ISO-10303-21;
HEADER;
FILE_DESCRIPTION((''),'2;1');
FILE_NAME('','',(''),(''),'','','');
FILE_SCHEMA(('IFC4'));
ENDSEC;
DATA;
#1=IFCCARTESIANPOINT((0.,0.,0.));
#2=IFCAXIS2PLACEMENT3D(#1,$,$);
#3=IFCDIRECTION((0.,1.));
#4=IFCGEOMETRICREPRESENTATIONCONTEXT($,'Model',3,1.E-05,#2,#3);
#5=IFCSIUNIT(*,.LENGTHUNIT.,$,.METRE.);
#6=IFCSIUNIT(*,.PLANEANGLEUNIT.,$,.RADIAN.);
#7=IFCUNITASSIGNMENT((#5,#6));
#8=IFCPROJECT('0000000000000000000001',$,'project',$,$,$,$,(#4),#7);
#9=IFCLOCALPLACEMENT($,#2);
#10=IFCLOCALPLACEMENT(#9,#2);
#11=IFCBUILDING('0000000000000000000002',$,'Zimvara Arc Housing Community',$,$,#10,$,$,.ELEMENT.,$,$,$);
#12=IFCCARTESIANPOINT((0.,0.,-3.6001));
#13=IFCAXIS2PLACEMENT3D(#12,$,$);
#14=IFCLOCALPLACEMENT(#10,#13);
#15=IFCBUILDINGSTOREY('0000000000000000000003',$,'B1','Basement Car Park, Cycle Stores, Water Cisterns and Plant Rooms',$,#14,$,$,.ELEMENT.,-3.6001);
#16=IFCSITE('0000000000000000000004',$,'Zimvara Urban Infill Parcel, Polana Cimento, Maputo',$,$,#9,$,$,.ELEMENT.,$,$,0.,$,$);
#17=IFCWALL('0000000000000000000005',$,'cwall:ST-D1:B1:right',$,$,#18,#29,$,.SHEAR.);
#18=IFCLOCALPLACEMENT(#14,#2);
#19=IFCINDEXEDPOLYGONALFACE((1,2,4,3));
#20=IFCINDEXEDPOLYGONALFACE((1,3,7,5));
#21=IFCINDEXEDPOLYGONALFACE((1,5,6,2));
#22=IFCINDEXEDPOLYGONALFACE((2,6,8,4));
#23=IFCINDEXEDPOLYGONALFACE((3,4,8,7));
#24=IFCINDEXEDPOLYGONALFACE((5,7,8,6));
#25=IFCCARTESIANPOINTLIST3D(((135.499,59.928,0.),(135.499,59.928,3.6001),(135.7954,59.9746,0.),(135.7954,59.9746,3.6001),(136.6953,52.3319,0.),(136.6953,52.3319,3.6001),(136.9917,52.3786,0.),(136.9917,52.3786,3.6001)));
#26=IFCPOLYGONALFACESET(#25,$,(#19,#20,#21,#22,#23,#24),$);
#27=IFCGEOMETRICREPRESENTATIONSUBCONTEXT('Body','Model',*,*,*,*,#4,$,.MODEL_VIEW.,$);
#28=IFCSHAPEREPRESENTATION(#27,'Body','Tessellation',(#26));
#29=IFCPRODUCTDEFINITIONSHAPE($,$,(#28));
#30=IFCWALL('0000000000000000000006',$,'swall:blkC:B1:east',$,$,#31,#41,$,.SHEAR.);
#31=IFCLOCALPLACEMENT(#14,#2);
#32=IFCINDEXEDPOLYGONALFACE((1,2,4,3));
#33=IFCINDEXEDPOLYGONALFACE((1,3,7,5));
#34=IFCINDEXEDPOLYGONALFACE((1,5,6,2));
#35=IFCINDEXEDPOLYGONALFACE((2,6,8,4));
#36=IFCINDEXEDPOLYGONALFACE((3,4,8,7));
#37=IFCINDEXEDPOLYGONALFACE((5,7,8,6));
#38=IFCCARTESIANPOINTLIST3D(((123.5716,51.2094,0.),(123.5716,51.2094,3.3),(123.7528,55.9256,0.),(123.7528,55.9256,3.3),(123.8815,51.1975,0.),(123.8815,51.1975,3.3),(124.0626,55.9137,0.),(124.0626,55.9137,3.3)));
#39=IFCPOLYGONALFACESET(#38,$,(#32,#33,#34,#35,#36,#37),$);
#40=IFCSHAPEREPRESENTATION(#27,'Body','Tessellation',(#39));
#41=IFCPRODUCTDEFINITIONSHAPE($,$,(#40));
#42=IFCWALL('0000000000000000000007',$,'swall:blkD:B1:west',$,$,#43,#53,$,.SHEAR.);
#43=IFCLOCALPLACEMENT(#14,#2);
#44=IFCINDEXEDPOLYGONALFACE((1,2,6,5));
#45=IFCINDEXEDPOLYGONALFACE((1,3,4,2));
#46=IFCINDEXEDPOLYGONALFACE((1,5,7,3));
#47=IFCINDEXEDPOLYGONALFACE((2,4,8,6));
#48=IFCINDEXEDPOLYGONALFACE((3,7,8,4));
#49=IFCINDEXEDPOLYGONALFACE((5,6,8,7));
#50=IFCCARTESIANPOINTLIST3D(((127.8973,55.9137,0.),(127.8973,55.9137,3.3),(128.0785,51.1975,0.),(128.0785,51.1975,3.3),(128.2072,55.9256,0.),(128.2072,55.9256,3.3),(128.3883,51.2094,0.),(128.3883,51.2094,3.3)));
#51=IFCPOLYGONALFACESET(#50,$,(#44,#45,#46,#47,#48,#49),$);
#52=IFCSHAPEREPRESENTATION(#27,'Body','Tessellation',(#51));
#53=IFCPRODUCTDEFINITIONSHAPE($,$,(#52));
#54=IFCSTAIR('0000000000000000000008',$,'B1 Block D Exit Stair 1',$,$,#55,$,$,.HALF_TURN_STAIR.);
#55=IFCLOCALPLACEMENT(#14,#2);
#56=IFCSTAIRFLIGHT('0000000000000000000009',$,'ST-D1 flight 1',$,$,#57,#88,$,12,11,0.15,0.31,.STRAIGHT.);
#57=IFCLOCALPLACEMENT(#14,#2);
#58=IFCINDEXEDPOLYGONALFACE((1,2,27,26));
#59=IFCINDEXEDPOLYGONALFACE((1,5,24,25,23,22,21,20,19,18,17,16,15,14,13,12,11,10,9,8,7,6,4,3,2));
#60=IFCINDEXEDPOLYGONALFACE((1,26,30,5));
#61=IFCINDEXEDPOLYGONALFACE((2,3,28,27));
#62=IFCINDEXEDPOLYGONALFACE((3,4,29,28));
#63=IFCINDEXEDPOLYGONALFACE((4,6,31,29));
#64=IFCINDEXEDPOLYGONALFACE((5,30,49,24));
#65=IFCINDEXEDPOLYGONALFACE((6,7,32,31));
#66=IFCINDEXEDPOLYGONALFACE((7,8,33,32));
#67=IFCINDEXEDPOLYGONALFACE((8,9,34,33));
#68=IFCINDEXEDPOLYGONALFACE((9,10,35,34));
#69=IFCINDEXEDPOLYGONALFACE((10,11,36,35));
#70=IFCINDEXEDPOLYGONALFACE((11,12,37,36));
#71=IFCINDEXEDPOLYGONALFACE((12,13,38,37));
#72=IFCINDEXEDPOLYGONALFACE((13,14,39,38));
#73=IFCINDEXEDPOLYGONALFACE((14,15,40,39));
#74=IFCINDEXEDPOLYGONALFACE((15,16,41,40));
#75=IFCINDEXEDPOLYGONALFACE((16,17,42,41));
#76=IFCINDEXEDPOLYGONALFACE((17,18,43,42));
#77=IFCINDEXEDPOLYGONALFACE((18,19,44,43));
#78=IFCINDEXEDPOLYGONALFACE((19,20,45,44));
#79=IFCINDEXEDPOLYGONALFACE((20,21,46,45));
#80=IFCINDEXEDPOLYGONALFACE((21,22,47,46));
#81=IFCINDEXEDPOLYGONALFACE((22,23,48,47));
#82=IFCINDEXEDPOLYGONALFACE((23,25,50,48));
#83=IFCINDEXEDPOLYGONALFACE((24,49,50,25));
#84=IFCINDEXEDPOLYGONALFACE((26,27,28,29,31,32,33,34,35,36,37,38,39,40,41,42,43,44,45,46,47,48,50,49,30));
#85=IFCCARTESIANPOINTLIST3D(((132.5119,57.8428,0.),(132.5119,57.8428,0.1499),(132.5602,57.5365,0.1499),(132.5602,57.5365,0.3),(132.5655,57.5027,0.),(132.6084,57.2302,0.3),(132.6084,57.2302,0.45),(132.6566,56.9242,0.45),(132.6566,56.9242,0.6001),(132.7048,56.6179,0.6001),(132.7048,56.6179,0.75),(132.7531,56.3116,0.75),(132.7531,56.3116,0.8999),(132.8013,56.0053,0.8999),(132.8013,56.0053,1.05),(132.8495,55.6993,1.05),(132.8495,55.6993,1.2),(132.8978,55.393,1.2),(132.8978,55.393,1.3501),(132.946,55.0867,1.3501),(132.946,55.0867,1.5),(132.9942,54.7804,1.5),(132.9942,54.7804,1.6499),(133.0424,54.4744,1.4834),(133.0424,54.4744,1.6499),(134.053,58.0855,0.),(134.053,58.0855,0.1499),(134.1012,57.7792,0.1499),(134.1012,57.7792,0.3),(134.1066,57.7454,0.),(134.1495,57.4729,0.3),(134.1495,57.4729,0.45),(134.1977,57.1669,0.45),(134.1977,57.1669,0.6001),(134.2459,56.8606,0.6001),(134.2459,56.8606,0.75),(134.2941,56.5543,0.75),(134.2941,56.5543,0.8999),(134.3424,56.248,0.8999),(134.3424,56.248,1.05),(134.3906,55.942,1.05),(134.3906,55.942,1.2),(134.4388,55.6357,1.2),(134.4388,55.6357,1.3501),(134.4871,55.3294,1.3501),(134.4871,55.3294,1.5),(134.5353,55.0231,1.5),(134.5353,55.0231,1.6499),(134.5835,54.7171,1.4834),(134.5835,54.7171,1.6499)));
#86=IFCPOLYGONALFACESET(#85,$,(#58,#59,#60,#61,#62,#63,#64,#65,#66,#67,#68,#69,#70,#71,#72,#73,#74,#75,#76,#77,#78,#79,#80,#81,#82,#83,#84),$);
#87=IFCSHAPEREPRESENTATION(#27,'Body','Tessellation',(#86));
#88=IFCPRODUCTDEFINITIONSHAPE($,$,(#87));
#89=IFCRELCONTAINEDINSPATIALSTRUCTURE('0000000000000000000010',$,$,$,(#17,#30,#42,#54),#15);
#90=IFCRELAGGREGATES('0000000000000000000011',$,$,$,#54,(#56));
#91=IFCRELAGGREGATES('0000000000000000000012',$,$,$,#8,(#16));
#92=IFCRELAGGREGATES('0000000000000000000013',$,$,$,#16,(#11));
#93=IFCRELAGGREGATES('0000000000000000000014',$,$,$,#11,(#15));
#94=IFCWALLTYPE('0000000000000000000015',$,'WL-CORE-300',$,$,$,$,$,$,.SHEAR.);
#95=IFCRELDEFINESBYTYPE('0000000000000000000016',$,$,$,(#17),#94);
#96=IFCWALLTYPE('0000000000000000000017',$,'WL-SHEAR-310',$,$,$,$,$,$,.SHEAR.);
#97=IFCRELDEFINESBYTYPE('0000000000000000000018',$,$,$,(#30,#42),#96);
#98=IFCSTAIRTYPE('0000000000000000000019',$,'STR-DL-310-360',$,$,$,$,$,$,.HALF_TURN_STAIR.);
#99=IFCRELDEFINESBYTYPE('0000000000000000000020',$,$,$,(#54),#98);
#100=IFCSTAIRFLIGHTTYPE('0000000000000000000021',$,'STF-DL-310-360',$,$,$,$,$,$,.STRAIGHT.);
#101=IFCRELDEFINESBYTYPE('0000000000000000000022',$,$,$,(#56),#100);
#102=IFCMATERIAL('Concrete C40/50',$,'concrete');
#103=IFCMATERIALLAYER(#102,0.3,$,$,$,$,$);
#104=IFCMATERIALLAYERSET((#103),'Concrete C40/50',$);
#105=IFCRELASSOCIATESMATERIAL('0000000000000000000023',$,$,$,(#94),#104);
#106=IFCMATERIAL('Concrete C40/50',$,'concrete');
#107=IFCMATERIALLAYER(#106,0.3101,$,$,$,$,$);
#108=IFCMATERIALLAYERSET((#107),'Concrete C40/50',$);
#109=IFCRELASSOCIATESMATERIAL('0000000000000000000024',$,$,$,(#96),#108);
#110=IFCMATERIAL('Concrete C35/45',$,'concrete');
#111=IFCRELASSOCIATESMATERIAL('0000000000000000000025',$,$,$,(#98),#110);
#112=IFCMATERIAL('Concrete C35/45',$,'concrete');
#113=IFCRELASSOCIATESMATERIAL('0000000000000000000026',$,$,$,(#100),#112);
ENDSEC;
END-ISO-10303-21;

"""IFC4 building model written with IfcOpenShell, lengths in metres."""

from ifc_helpers import new_model, si_unit, direction, frame, frame_2d, origin, place, context, subcontext, project, spatial, polyline, rectangle, outline, extrude, material, layer, layer_set, type_object, element, aggregate, save


model = new_model("IFC4")

# Units and contexts
model_context = context("Model", 3, precision=1e-05, world=origin(), true_north=direction((0.0, 1.0)))
body_context = subcontext(model_context, "Body", "Model", "MODEL_VIEW")
ifc_project = project(units=[si_unit("LENGTHUNIT", "METRE"), si_unit("PLANEANGLEUNIT", "RADIAN")], contexts=[model_context])

# Site, building, storey
site_placement = place(None, origin())
site = spatial("IfcSite", under=ifc_project, at=site_placement, Name="Zimvara Urban Infill Parcel, Polana Cimento, Maputo", CompositionType="ELEMENT", RefElevation=0.0)
building_placement = place(site_placement, origin())
building = spatial("IfcBuilding", under=site, at=building_placement, Name="Zimvara Arc Housing Community", CompositionType="ELEMENT")
storey_placement = place(building_placement, frame((0.0, 0.0, -3.6001)))
storey = spatial("IfcBuildingStorey", under=building, at=storey_placement, Name="B1", Description="Basement Car Park, Cycle Stores, Water Cisterns and Plant Rooms", CompositionType="ELEMENT", Elevation=-3.6001)

# Shared definitions
ifc_material_1 = material(Name="Concrete C40/50", Category="concrete")
ifc_layer_1 = layer(ifc_material_1, 0.3)
ifc_layer_set_1 = layer_set([ifc_layer_1], Name="Concrete C40/50")
wall_type_1 = type_object("IfcWallType", Name="WL-CORE-300", PredefinedType="SHEAR", material=ifc_layer_set_1)

# Walls
wall_1_placement = place(storey_placement, frame((135.6472, 59.9512, 0.0), z_axis=(0.0, 0.0, 1.0), x_axis=(0.155568, -0.987825, 0.0)))
element("IfcWall", 1, at=wall_1_placement, inside=storey, type_object=wall_type_1, Name="cwall:ST-D1:B1:right", PredefinedType="SHEAR", context=body_context, shape_type="SweptSolid", body=[
    extrude(rectangle(XDim=7.6897, YDim=0.3, at=frame_2d((3.8447, 0.0))), origin(), (0.0, 0.0, 1.0), 3.6001),
])
ifc_material_2 = material(Name="Concrete C40/50", Category="concrete")
ifc_layer_2 = layer(ifc_material_2, 0.3101)
ifc_layer_set_2 = layer_set([ifc_layer_2], Name="Concrete C40/50")
wall_type_2 = type_object("IfcWallType", Name="WL-SHEAR-310", PredefinedType="SHEAR", material=ifc_layer_set_2)
for number, where, z_axis, x_axis, name in (
    (2, (123.9077, 55.9197, 0.0), (0.0, 0.0, 1.0), (-0.038381, -0.999263, 0.0), "swall:blkC:B1:east"),
    (3, (128.0522, 55.9197, 0.0), (0.0, 0.0, 1.0), (0.038381, -0.999263, 0.0), "swall:blkD:B1:west"),
):
    element("IfcWall", number, at=place(storey_placement, frame(where, z_axis=z_axis, x_axis=x_axis)), inside=storey, type_object=wall_type_2, Name=name, PredefinedType="SHEAR", context=body_context, shape_type="SweptSolid", body=[
        extrude(rectangle(XDim=4.7197, YDim=0.3101, at=frame_2d((2.3599, 0.0))), origin(), (0.0, 0.0, 1.0), 3.3),
    ])

# Stair, stair flight
ifc_material_3 = material(Name="Concrete C35/45", Category="concrete")
stair_type = type_object("IfcStairType", Name="STR-DL-310-360", PredefinedType="HALF_TURN_STAIR", material=ifc_material_3)
stair_placement = place(storey_placement, origin())
stair = element("IfcStair", 4, at=stair_placement, inside=storey, type_object=stair_type, Name="B1 Block D Exit Stair 1", PredefinedType="HALF_TURN_STAIR")
ifc_material_4 = material(Name="Concrete C35/45", Category="concrete")
stair_flight_type = type_object("IfcStairFlightType", Name="STF-DL-310-360", PredefinedType="STRAIGHT", material=ifc_material_4)
stair_flight_placement = place(storey_placement, frame((133.2825, 57.9641, 0.0), z_axis=(0.0, 0.0, 1.0), x_axis=(0.155572, -0.987824, 0.0)))
stair_flight = element("IfcStairFlight", 5, at=stair_flight_placement, type_object=stair_flight_type, Name="ST-D1 flight 1", NumberOfRisers=12, NumberOfTreads=11, PredefinedType="STRAIGHT", RiserHeight=0.15, TreadLength=0.31, context=body_context, shape_type="SweptSolid", body=[
    extrude(outline(polyline([(0.0, 0.0), (0.0, 0.1499), (0.3101, 0.1499), (0.3101, 0.3), (0.6201, 0.3), (0.6201, 0.45), (0.9299, 0.45), (0.9299, 0.6001), (1.24, 0.6001), (1.24, 0.75), (1.55, 0.75), (1.55, 0.8999), (1.8601, 0.8999), (1.8601, 1.05), (2.1699, 1.05), (2.1699, 1.2), (2.48, 1.2), (2.48, 1.3501), (2.79, 1.3501), (2.79, 1.5), (3.1001, 1.5), (3.1001, 1.6499), (3.4099, 1.6499), (3.4099, 1.8), (3.4099, 1.4834), (0.3442, 0.0), (0.0, 0.0)])), frame((0.0, 0.78, 0.0), z_axis=(0.0, -1.0, 0.0), x_axis=(1.0, 0.0, 0.0)), (0.0, 0.0, 1.0), 1.5601),
])
aggregate(stair, [stair_flight])

save(model, "model.ifc")
